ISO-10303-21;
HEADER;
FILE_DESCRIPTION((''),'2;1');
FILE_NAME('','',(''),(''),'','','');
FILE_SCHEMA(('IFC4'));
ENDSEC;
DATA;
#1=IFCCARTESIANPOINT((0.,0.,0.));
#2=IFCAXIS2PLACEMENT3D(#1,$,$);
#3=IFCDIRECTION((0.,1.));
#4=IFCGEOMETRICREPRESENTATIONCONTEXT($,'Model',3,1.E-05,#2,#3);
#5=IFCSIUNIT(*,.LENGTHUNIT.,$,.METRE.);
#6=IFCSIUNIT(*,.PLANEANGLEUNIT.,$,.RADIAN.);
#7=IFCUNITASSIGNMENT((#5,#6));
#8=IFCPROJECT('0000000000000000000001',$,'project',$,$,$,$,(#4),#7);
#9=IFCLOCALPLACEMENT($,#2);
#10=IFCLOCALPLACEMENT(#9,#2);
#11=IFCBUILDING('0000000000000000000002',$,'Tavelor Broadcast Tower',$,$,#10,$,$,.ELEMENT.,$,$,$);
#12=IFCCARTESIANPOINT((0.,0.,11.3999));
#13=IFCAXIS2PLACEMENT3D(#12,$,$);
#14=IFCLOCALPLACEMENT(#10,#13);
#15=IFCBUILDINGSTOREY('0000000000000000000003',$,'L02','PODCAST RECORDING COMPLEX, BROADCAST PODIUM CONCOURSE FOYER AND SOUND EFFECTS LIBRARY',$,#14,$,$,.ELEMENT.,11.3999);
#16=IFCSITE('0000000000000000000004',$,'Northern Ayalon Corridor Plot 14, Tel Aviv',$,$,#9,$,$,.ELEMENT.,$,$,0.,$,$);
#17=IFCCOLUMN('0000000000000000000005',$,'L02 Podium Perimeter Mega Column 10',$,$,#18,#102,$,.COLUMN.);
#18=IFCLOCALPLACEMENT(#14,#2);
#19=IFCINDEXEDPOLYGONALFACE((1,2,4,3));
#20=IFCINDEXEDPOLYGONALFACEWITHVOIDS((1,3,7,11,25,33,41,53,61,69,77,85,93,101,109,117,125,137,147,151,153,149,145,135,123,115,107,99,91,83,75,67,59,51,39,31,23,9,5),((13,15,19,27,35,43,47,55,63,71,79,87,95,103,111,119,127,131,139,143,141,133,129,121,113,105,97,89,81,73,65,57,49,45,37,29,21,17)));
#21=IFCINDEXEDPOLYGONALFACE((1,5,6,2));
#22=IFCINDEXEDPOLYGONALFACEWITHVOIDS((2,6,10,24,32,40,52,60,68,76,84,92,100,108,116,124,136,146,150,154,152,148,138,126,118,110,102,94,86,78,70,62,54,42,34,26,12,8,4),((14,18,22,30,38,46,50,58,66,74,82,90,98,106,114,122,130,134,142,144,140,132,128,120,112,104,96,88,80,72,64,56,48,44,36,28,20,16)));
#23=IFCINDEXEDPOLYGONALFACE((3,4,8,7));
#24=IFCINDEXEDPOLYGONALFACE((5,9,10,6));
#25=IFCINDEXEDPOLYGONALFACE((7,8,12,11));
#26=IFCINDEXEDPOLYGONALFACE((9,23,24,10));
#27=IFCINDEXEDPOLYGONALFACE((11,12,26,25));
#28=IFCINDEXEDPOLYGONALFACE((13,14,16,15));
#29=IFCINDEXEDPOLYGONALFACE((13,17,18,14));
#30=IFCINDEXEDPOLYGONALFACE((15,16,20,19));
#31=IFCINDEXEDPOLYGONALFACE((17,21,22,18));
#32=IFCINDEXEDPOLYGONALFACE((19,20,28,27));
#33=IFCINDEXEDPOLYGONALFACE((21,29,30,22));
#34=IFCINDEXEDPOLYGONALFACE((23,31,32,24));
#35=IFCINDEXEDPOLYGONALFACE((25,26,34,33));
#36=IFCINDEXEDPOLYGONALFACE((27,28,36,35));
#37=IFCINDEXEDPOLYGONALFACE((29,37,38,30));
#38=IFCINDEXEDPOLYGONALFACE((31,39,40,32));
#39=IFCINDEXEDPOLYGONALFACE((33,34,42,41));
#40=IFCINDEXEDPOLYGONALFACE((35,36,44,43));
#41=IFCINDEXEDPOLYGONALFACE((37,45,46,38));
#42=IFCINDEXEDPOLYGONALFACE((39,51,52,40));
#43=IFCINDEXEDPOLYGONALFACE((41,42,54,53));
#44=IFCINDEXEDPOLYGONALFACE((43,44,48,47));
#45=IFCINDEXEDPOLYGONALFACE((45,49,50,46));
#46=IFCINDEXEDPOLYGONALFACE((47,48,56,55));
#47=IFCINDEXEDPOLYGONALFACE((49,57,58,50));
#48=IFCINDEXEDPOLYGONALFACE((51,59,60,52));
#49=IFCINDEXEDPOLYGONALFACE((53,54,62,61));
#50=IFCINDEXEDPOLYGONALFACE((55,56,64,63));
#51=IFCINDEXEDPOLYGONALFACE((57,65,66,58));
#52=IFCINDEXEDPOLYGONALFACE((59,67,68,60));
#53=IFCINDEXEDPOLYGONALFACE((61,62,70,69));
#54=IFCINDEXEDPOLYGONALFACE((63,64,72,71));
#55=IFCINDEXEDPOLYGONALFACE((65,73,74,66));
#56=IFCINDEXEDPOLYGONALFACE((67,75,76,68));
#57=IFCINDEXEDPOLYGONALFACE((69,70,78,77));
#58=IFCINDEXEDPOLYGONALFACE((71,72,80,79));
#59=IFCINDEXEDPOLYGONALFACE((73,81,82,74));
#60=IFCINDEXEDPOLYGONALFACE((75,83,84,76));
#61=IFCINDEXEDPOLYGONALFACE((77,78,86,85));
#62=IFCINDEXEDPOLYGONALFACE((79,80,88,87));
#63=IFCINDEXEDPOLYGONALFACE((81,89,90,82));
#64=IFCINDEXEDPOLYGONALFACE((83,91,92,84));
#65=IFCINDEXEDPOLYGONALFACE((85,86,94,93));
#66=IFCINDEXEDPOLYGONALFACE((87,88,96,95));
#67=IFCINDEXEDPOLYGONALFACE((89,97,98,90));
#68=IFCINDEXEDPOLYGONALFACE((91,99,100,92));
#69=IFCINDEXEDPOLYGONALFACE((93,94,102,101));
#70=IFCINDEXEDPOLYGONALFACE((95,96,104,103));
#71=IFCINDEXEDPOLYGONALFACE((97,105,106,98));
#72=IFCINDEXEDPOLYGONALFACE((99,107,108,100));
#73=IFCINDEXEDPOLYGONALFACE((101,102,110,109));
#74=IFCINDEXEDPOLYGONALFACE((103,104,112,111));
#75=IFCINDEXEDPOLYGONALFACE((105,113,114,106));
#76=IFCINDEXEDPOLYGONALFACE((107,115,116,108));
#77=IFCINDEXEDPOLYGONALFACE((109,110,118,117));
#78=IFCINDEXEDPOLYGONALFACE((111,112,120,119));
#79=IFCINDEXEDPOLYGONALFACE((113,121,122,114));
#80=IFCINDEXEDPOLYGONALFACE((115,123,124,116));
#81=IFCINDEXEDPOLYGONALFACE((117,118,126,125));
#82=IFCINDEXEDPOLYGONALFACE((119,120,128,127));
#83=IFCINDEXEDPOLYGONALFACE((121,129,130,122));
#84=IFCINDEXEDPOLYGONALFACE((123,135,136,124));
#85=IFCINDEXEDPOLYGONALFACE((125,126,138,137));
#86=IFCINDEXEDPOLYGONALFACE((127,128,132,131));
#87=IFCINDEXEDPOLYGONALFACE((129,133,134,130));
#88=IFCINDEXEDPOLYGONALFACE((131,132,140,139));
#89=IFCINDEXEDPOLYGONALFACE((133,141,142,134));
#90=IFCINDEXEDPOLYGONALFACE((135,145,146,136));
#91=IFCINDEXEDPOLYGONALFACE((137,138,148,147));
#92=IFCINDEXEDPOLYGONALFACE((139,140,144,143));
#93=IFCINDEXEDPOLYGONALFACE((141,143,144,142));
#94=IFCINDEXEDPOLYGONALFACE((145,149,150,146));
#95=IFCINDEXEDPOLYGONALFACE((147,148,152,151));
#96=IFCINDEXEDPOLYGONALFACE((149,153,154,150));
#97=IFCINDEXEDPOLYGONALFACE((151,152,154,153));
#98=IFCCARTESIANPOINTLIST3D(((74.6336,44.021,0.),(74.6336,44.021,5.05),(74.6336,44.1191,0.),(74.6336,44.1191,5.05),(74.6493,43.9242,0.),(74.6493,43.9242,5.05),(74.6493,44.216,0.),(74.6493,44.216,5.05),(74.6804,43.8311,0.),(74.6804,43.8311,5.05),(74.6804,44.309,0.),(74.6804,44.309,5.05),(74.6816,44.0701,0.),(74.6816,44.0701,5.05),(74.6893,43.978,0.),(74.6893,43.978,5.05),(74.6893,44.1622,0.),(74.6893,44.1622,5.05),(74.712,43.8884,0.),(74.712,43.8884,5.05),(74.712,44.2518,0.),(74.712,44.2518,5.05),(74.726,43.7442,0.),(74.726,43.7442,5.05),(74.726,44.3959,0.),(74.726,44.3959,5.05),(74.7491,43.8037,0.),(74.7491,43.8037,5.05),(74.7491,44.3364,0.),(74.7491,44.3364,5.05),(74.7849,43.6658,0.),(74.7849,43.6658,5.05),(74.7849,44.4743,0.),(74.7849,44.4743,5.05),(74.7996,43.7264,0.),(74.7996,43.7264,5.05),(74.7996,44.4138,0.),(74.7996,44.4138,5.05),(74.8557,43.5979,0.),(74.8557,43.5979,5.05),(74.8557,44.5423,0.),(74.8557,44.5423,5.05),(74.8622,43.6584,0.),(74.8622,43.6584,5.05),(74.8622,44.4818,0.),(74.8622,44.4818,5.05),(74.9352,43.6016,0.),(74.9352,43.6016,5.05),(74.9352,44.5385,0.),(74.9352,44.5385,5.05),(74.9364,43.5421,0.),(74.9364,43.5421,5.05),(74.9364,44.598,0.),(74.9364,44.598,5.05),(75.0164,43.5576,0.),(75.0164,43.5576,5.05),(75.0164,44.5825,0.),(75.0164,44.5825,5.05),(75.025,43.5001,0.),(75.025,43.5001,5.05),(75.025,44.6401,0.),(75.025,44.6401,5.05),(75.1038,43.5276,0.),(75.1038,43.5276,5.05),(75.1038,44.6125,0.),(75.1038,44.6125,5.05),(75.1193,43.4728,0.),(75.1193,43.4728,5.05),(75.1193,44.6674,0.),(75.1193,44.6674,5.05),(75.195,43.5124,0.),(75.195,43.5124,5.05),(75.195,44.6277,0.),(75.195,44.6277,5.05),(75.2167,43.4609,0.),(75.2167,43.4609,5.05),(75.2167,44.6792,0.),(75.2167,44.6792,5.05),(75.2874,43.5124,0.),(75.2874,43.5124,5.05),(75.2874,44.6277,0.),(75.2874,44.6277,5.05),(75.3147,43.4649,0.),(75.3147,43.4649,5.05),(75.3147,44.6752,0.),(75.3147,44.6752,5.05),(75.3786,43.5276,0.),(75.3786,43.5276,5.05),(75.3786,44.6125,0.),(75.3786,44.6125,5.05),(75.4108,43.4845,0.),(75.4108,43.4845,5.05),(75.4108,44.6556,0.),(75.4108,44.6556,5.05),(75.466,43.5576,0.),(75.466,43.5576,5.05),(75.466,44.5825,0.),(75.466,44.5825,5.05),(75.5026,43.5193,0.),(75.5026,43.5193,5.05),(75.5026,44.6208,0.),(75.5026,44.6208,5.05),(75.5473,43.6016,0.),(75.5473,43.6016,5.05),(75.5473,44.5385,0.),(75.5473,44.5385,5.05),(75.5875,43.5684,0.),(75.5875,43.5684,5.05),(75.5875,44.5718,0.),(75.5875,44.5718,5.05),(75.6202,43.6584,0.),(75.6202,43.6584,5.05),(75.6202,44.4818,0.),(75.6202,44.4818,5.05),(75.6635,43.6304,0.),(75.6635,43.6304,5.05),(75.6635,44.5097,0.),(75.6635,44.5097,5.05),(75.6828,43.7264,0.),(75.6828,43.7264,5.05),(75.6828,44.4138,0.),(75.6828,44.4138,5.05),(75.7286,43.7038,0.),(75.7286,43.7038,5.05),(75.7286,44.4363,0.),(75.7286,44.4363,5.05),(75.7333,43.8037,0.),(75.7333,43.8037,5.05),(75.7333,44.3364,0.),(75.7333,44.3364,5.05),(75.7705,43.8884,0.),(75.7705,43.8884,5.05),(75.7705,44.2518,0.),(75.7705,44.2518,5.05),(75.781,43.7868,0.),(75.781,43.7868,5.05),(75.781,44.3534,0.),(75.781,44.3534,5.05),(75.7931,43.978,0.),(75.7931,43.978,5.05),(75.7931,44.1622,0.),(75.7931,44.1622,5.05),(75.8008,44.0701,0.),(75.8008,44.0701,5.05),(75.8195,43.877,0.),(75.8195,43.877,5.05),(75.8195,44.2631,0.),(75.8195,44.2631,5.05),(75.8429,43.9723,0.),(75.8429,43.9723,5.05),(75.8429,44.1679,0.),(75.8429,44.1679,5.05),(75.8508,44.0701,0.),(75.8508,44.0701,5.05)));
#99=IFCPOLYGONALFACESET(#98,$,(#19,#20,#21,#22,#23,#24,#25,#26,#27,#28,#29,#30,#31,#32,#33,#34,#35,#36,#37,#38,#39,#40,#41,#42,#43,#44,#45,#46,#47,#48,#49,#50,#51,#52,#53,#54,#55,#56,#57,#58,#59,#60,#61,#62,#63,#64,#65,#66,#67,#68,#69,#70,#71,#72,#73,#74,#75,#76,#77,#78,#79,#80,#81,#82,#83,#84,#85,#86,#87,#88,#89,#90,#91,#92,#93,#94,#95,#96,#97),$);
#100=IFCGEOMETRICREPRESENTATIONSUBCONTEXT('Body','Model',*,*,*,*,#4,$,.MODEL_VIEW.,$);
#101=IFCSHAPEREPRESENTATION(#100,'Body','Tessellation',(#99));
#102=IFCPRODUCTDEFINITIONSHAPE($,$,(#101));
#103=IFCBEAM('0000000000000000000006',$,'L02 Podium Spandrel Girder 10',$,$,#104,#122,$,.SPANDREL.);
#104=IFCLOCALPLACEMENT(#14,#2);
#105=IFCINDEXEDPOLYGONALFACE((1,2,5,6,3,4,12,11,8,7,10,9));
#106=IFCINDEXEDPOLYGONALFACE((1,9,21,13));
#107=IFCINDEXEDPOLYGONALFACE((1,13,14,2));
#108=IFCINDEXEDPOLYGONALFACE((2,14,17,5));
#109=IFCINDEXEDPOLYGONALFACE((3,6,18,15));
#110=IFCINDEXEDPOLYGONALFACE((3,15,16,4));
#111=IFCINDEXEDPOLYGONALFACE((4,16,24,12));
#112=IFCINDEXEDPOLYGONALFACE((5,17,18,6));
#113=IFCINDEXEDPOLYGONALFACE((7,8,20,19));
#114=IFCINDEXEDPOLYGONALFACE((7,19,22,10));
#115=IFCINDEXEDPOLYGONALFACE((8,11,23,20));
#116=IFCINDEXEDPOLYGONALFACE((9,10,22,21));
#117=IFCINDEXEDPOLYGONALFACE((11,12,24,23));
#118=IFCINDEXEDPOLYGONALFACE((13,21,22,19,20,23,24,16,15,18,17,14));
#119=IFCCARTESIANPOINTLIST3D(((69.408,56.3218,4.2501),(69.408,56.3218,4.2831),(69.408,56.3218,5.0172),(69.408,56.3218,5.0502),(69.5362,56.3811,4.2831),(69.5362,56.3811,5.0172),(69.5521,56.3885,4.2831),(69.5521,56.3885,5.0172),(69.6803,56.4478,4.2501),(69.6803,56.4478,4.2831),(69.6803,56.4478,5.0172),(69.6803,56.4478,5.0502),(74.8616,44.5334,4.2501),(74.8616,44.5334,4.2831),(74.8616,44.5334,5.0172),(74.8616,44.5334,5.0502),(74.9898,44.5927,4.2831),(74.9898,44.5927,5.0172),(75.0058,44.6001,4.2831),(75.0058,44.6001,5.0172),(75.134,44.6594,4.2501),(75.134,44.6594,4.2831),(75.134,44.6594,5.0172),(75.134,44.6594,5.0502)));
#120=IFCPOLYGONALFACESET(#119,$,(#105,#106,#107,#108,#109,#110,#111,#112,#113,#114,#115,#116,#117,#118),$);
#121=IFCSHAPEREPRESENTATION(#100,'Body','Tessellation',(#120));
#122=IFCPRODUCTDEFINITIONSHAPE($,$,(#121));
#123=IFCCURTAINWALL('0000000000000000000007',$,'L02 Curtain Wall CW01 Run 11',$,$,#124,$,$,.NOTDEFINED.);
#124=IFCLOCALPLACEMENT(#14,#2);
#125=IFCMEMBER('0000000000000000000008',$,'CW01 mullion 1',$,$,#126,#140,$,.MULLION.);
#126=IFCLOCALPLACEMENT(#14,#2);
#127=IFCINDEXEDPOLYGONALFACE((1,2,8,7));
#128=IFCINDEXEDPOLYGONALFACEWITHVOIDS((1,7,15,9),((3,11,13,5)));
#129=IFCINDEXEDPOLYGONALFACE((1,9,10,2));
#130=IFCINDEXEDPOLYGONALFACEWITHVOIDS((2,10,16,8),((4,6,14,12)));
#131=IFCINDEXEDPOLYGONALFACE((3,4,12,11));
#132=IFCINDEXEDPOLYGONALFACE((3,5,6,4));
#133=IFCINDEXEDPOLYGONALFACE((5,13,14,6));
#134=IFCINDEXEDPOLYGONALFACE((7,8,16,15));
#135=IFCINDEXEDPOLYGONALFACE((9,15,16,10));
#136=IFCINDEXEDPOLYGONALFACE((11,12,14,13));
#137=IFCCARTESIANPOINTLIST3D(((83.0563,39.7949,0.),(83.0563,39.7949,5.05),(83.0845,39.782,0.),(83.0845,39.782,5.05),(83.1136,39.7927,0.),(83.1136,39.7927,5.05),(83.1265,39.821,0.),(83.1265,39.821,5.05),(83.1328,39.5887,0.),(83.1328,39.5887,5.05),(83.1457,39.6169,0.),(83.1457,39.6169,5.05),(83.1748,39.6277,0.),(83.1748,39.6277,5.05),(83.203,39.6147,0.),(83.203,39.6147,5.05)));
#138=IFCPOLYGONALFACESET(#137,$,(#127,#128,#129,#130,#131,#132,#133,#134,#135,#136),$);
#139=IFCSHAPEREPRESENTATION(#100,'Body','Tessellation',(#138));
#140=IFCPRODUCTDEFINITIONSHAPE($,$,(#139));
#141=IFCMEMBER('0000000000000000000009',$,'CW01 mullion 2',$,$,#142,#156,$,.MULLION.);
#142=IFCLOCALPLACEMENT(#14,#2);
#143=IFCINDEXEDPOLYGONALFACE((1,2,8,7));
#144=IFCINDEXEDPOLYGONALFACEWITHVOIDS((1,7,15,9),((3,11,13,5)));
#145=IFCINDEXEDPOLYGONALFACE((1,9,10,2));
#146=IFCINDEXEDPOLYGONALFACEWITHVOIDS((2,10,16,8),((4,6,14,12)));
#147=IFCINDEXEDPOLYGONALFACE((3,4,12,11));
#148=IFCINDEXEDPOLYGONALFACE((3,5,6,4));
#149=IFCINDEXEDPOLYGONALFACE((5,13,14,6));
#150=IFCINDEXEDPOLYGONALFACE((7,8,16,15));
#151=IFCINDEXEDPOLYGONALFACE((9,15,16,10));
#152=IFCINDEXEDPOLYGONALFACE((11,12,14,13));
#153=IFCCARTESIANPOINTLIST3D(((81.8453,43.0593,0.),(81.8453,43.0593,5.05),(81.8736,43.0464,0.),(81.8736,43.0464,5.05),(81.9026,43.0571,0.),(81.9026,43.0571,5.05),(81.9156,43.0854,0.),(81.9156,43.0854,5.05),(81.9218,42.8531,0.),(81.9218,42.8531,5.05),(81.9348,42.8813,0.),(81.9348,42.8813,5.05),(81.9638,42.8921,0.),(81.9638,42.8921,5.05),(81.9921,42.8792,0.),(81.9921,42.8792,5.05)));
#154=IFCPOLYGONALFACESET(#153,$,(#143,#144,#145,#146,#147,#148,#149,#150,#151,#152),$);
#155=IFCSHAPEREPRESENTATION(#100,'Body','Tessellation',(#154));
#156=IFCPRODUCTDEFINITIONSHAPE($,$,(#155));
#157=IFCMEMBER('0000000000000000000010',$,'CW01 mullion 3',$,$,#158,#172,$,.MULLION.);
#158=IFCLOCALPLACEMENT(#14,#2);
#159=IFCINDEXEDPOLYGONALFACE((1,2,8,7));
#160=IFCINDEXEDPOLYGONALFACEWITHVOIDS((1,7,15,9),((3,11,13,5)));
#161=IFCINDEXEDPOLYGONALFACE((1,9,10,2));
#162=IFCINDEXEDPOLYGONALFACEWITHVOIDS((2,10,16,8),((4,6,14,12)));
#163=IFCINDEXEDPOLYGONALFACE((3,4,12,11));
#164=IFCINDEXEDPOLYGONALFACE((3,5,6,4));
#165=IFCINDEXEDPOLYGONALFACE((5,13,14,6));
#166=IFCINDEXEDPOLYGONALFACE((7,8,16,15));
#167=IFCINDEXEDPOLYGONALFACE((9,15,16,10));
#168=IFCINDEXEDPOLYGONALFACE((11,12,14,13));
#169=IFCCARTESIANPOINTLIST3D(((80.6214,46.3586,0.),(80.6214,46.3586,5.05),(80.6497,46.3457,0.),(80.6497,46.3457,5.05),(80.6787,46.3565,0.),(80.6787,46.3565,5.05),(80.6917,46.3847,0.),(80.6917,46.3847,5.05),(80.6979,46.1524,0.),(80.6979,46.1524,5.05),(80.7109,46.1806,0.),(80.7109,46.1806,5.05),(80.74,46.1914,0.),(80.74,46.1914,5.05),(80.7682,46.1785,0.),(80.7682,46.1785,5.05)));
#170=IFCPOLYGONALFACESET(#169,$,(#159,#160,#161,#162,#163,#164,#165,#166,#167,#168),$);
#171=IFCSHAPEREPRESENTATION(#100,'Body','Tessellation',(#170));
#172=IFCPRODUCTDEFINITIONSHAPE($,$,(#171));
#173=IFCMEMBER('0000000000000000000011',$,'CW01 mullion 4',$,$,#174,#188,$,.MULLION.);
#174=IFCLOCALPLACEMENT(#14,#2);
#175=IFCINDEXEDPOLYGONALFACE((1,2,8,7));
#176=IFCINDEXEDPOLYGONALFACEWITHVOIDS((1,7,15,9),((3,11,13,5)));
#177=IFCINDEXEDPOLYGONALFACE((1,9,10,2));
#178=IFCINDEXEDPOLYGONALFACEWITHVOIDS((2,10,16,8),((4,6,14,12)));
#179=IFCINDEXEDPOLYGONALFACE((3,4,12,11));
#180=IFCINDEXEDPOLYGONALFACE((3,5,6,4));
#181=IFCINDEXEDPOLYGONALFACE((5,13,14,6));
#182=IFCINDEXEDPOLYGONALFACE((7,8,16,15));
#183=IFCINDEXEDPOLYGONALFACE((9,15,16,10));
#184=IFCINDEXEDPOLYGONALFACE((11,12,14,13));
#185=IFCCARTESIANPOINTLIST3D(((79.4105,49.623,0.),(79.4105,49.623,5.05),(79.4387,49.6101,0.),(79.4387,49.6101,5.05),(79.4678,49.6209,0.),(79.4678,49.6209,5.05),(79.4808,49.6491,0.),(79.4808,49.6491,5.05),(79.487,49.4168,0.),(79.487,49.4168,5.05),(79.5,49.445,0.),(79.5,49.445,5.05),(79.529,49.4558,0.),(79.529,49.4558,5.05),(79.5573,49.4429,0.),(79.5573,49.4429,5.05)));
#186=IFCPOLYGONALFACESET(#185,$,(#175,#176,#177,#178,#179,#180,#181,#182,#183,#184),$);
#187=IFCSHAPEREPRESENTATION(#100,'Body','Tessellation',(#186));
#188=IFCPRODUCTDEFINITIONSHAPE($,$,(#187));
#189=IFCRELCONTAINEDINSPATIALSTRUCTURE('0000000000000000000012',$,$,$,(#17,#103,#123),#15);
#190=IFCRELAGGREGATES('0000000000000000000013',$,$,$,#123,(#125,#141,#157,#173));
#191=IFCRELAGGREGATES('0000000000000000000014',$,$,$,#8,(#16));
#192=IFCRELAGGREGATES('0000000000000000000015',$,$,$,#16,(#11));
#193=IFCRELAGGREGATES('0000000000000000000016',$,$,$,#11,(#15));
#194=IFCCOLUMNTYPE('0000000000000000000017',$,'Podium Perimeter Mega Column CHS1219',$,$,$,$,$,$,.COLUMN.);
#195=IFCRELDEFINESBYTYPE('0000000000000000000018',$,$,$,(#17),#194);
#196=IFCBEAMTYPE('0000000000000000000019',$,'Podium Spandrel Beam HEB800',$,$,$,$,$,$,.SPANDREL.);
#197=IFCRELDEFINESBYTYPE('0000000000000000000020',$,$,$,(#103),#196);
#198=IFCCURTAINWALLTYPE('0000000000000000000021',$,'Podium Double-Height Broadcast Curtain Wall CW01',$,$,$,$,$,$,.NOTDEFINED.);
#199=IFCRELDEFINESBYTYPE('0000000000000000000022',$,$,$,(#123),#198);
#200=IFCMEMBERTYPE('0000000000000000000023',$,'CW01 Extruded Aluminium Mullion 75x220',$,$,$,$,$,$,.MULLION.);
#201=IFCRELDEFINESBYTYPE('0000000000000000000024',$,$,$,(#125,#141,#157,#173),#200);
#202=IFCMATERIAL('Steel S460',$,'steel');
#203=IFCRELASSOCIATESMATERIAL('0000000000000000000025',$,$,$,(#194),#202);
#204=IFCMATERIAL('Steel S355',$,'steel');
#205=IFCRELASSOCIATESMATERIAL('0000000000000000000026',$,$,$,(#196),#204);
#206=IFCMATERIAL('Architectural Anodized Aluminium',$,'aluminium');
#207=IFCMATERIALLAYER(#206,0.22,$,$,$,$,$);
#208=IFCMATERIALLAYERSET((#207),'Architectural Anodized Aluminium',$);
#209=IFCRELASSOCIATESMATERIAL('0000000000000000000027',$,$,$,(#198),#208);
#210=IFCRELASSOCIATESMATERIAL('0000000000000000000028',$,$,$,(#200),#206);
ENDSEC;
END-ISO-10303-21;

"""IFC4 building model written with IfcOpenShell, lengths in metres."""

from ifc_helpers import new_model, si_unit, direction, frame, origin, origin_2d, place, context, subcontext, project, spatial, hollow_rectangle, hollow_circle, i_section, extrude, source, transform, mapped, material, layer, layer_set, material_profile, profile_set, type_object, type_shapes, element, aggregate, save


model = new_model("IFC4")

# Units and contexts
model_context = context("Model", 3, precision=1e-05, world=origin(), true_north=direction((0.0, 1.0)))
body_context = subcontext(model_context, "Body", "Model", "MODEL_VIEW")
ifc_project = project(units=[si_unit("LENGTHUNIT", "METRE"), si_unit("PLANEANGLEUNIT", "RADIAN")], contexts=[model_context])

# Site, building, storey
site_placement = place(None, origin())
site = spatial("IfcSite", under=ifc_project, at=site_placement, Name="Northern Ayalon Corridor Plot 14, Tel Aviv", CompositionType="ELEMENT", RefElevation=0.0)
building_placement = place(site_placement, origin())
building = spatial("IfcBuilding", under=site, at=building_placement, Name="Tavelor Broadcast Tower", CompositionType="ELEMENT")
storey_placement = place(building_placement, frame((0.0, 0.0, 11.3999)))
storey = spatial("IfcBuildingStorey", under=building, at=storey_placement, Name="L02", Description="PODCAST RECORDING COMPLEX, BROADCAST PODIUM CONCOURSE FOYER AND SOUND EFFECTS LIBRARY", CompositionType="ELEMENT", Elevation=11.3999)

# Column
ifc_material_1 = material(Name="Steel S460", Category="steel")
ifc_material_profile_1 = material_profile(ifc_material_1, hollow_circle(Radius=0.6096, WallThickness=0.05, at=origin_2d()), Name="CHS 1219x50")
ifc_profile_set_1 = profile_set([ifc_material_profile_1], Name="Steel S460")
column_type = type_object("IfcColumnType", Name="Podium Perimeter Mega Column CHS1219", PredefinedType="COLUMN", material=ifc_profile_set_1)
column_placement = place(storey_placement, frame((75.2412, 44.0701, 0.0), z_axis=(0.0, 0.0, 1.0), x_axis=(1.0, 0.0, 0.0)))
element("IfcColumn", 1, at=column_placement, inside=storey, type_object=column_type, Name="L02 Podium Perimeter Mega Column 10", PredefinedType="COLUMN", context=body_context, shape_type="SweptSolid", body=[
    extrude(hollow_circle(Radius=0.6096, WallThickness=0.05, at=origin_2d()), origin(), (0.0, 0.0, 1.0), 5.05),
])

# Beam
ifc_material_2 = material(Name="Steel S355", Category="steel")
ifc_material_profile_2 = material_profile(ifc_material_2, i_section(OverallWidth=0.3, OverallDepth=0.8, WebThickness=0.0176, FlangeThickness=0.033, at=origin_2d()), Name="HEB 800")
ifc_profile_set_2 = profile_set([ifc_material_profile_2], Name="Steel S355")
beam_type = type_object("IfcBeamType", Name="Podium Spandrel Beam HEB800", PredefinedType="SPANDREL", material=ifc_profile_set_2)
beam_placement = place(storey_placement, frame((74.9978, 44.5964, 4.6501), z_axis=(-0.419873, 0.907583, 0.0), x_axis=(-0.907583, -0.419873, 0.0)))
element("IfcBeam", 2, at=beam_placement, inside=storey, type_object=beam_type, Name="L02 Podium Spandrel Girder 10", PredefinedType="SPANDREL", context=body_context, shape_type="SweptSolid", body=[
    extrude(i_section(OverallWidth=0.3, OverallDepth=0.8, WebThickness=0.0176, FlangeThickness=0.033, at=origin_2d()), origin(), (0.0, 0.0, 1.0), 12.9888),
])

# Curtain wall, members
ifc_material_3 = material(Name="Architectural Anodized Aluminium", Category="aluminium")
ifc_layer_1 = layer(ifc_material_3, 0.22)
ifc_layer_set_1 = layer_set([ifc_layer_1], Name="Architectural Anodized Aluminium")
curtain_wall_type = type_object("IfcCurtainWallType", Name="Podium Double-Height Broadcast Curtain Wall CW01", PredefinedType="NOTDEFINED", material=ifc_layer_set_1)
curtain_wall_placement = place(storey_placement, origin())
curtain_wall = element("IfcCurtainWall", 3, at=curtain_wall_placement, inside=storey, type_object=curtain_wall_type, Name="L02 Curtain Wall CW01 Run 11", PredefinedType="NOTDEFINED")
ifc_material_profile_3 = material_profile(ifc_material_3, hollow_rectangle(XDim=0.075, YDim=0.22, WallThickness=0.022, at=origin_2d()), Name="RHS 75x220x22")
ifc_profile_set_3 = profile_set([ifc_material_profile_3], Name="Architectural Anodized Aluminium")
member_type_1 = type_object("IfcMemberType", Name="CW01 Extruded Aluminium Mullion 75x220", PredefinedType="MULLION", material=ifc_profile_set_3)
shared_shape_1 = source(origin(), body_context, "Body", "SweptSolid", [
    extrude(hollow_rectangle(XDim=0.075, YDim=0.22, WallThickness=0.022, at=origin_2d()), origin(), (0.0, 0.0, 1.0), 5.05),
])
type_shapes(member_type_1, [shared_shape_1])
member_1_placement = place(storey_placement, frame((83.1296, 39.7048, 0.0), z_axis=(0.0, 0.0, 1.0), x_axis=(-0.937571, -0.347794, 0.0)))
member_1 = element("IfcMember", 4, at=member_1_placement, type_object=member_type_1, Name="CW01 mullion 1", PredefinedType="MULLION", context=body_context, shape_type="MappedRepresentation", body=[
    mapped(shared_shape_1, transform((0.0, 0.0, 0.0), scale=1.0)),
])
member_2_placement = place(storey_placement, frame((81.9187, 42.9692, 0.0), z_axis=(0.0, 0.0, 1.0), x_axis=(-0.937571, -0.347794, 0.0)))
member_2 = element("IfcMember", 5, at=member_2_placement, type_object=member_type_1, Name="CW01 mullion 2", PredefinedType="MULLION", context=body_context, shape_type="MappedRepresentation", body=[
    mapped(shared_shape_1, transform((0.0, 0.0, 0.0), scale=1.0)),
])
member_3_placement = place(storey_placement, frame((80.6948, 46.2686, 0.0), z_axis=(0.0, 0.0, 1.0), x_axis=(-0.937571, -0.347794, 0.0)))
member_3 = element("IfcMember", 6, at=member_3_placement, type_object=member_type_1, Name="CW01 mullion 3", PredefinedType="MULLION", context=body_context, shape_type="MappedRepresentation", body=[
    mapped(shared_shape_1, transform((0.0, 0.0, 0.0), scale=1.0)),
])
member_4_placement = place(storey_placement, frame((79.4839, 49.533, 0.0), z_axis=(0.0, 0.0, 1.0), x_axis=(-0.937571, -0.347794, 0.0)))
member_4 = element("IfcMember", 7, at=member_4_placement, type_object=member_type_1, Name="CW01 mullion 4", PredefinedType="MULLION", context=body_context, shape_type="MappedRepresentation", body=[
    mapped(shared_shape_1, transform((0.0, 0.0, 0.0), scale=1.0)),
])

aggregate(curtain_wall, [member_1, member_2, member_3, member_4])

save(model, "model.ifc")
